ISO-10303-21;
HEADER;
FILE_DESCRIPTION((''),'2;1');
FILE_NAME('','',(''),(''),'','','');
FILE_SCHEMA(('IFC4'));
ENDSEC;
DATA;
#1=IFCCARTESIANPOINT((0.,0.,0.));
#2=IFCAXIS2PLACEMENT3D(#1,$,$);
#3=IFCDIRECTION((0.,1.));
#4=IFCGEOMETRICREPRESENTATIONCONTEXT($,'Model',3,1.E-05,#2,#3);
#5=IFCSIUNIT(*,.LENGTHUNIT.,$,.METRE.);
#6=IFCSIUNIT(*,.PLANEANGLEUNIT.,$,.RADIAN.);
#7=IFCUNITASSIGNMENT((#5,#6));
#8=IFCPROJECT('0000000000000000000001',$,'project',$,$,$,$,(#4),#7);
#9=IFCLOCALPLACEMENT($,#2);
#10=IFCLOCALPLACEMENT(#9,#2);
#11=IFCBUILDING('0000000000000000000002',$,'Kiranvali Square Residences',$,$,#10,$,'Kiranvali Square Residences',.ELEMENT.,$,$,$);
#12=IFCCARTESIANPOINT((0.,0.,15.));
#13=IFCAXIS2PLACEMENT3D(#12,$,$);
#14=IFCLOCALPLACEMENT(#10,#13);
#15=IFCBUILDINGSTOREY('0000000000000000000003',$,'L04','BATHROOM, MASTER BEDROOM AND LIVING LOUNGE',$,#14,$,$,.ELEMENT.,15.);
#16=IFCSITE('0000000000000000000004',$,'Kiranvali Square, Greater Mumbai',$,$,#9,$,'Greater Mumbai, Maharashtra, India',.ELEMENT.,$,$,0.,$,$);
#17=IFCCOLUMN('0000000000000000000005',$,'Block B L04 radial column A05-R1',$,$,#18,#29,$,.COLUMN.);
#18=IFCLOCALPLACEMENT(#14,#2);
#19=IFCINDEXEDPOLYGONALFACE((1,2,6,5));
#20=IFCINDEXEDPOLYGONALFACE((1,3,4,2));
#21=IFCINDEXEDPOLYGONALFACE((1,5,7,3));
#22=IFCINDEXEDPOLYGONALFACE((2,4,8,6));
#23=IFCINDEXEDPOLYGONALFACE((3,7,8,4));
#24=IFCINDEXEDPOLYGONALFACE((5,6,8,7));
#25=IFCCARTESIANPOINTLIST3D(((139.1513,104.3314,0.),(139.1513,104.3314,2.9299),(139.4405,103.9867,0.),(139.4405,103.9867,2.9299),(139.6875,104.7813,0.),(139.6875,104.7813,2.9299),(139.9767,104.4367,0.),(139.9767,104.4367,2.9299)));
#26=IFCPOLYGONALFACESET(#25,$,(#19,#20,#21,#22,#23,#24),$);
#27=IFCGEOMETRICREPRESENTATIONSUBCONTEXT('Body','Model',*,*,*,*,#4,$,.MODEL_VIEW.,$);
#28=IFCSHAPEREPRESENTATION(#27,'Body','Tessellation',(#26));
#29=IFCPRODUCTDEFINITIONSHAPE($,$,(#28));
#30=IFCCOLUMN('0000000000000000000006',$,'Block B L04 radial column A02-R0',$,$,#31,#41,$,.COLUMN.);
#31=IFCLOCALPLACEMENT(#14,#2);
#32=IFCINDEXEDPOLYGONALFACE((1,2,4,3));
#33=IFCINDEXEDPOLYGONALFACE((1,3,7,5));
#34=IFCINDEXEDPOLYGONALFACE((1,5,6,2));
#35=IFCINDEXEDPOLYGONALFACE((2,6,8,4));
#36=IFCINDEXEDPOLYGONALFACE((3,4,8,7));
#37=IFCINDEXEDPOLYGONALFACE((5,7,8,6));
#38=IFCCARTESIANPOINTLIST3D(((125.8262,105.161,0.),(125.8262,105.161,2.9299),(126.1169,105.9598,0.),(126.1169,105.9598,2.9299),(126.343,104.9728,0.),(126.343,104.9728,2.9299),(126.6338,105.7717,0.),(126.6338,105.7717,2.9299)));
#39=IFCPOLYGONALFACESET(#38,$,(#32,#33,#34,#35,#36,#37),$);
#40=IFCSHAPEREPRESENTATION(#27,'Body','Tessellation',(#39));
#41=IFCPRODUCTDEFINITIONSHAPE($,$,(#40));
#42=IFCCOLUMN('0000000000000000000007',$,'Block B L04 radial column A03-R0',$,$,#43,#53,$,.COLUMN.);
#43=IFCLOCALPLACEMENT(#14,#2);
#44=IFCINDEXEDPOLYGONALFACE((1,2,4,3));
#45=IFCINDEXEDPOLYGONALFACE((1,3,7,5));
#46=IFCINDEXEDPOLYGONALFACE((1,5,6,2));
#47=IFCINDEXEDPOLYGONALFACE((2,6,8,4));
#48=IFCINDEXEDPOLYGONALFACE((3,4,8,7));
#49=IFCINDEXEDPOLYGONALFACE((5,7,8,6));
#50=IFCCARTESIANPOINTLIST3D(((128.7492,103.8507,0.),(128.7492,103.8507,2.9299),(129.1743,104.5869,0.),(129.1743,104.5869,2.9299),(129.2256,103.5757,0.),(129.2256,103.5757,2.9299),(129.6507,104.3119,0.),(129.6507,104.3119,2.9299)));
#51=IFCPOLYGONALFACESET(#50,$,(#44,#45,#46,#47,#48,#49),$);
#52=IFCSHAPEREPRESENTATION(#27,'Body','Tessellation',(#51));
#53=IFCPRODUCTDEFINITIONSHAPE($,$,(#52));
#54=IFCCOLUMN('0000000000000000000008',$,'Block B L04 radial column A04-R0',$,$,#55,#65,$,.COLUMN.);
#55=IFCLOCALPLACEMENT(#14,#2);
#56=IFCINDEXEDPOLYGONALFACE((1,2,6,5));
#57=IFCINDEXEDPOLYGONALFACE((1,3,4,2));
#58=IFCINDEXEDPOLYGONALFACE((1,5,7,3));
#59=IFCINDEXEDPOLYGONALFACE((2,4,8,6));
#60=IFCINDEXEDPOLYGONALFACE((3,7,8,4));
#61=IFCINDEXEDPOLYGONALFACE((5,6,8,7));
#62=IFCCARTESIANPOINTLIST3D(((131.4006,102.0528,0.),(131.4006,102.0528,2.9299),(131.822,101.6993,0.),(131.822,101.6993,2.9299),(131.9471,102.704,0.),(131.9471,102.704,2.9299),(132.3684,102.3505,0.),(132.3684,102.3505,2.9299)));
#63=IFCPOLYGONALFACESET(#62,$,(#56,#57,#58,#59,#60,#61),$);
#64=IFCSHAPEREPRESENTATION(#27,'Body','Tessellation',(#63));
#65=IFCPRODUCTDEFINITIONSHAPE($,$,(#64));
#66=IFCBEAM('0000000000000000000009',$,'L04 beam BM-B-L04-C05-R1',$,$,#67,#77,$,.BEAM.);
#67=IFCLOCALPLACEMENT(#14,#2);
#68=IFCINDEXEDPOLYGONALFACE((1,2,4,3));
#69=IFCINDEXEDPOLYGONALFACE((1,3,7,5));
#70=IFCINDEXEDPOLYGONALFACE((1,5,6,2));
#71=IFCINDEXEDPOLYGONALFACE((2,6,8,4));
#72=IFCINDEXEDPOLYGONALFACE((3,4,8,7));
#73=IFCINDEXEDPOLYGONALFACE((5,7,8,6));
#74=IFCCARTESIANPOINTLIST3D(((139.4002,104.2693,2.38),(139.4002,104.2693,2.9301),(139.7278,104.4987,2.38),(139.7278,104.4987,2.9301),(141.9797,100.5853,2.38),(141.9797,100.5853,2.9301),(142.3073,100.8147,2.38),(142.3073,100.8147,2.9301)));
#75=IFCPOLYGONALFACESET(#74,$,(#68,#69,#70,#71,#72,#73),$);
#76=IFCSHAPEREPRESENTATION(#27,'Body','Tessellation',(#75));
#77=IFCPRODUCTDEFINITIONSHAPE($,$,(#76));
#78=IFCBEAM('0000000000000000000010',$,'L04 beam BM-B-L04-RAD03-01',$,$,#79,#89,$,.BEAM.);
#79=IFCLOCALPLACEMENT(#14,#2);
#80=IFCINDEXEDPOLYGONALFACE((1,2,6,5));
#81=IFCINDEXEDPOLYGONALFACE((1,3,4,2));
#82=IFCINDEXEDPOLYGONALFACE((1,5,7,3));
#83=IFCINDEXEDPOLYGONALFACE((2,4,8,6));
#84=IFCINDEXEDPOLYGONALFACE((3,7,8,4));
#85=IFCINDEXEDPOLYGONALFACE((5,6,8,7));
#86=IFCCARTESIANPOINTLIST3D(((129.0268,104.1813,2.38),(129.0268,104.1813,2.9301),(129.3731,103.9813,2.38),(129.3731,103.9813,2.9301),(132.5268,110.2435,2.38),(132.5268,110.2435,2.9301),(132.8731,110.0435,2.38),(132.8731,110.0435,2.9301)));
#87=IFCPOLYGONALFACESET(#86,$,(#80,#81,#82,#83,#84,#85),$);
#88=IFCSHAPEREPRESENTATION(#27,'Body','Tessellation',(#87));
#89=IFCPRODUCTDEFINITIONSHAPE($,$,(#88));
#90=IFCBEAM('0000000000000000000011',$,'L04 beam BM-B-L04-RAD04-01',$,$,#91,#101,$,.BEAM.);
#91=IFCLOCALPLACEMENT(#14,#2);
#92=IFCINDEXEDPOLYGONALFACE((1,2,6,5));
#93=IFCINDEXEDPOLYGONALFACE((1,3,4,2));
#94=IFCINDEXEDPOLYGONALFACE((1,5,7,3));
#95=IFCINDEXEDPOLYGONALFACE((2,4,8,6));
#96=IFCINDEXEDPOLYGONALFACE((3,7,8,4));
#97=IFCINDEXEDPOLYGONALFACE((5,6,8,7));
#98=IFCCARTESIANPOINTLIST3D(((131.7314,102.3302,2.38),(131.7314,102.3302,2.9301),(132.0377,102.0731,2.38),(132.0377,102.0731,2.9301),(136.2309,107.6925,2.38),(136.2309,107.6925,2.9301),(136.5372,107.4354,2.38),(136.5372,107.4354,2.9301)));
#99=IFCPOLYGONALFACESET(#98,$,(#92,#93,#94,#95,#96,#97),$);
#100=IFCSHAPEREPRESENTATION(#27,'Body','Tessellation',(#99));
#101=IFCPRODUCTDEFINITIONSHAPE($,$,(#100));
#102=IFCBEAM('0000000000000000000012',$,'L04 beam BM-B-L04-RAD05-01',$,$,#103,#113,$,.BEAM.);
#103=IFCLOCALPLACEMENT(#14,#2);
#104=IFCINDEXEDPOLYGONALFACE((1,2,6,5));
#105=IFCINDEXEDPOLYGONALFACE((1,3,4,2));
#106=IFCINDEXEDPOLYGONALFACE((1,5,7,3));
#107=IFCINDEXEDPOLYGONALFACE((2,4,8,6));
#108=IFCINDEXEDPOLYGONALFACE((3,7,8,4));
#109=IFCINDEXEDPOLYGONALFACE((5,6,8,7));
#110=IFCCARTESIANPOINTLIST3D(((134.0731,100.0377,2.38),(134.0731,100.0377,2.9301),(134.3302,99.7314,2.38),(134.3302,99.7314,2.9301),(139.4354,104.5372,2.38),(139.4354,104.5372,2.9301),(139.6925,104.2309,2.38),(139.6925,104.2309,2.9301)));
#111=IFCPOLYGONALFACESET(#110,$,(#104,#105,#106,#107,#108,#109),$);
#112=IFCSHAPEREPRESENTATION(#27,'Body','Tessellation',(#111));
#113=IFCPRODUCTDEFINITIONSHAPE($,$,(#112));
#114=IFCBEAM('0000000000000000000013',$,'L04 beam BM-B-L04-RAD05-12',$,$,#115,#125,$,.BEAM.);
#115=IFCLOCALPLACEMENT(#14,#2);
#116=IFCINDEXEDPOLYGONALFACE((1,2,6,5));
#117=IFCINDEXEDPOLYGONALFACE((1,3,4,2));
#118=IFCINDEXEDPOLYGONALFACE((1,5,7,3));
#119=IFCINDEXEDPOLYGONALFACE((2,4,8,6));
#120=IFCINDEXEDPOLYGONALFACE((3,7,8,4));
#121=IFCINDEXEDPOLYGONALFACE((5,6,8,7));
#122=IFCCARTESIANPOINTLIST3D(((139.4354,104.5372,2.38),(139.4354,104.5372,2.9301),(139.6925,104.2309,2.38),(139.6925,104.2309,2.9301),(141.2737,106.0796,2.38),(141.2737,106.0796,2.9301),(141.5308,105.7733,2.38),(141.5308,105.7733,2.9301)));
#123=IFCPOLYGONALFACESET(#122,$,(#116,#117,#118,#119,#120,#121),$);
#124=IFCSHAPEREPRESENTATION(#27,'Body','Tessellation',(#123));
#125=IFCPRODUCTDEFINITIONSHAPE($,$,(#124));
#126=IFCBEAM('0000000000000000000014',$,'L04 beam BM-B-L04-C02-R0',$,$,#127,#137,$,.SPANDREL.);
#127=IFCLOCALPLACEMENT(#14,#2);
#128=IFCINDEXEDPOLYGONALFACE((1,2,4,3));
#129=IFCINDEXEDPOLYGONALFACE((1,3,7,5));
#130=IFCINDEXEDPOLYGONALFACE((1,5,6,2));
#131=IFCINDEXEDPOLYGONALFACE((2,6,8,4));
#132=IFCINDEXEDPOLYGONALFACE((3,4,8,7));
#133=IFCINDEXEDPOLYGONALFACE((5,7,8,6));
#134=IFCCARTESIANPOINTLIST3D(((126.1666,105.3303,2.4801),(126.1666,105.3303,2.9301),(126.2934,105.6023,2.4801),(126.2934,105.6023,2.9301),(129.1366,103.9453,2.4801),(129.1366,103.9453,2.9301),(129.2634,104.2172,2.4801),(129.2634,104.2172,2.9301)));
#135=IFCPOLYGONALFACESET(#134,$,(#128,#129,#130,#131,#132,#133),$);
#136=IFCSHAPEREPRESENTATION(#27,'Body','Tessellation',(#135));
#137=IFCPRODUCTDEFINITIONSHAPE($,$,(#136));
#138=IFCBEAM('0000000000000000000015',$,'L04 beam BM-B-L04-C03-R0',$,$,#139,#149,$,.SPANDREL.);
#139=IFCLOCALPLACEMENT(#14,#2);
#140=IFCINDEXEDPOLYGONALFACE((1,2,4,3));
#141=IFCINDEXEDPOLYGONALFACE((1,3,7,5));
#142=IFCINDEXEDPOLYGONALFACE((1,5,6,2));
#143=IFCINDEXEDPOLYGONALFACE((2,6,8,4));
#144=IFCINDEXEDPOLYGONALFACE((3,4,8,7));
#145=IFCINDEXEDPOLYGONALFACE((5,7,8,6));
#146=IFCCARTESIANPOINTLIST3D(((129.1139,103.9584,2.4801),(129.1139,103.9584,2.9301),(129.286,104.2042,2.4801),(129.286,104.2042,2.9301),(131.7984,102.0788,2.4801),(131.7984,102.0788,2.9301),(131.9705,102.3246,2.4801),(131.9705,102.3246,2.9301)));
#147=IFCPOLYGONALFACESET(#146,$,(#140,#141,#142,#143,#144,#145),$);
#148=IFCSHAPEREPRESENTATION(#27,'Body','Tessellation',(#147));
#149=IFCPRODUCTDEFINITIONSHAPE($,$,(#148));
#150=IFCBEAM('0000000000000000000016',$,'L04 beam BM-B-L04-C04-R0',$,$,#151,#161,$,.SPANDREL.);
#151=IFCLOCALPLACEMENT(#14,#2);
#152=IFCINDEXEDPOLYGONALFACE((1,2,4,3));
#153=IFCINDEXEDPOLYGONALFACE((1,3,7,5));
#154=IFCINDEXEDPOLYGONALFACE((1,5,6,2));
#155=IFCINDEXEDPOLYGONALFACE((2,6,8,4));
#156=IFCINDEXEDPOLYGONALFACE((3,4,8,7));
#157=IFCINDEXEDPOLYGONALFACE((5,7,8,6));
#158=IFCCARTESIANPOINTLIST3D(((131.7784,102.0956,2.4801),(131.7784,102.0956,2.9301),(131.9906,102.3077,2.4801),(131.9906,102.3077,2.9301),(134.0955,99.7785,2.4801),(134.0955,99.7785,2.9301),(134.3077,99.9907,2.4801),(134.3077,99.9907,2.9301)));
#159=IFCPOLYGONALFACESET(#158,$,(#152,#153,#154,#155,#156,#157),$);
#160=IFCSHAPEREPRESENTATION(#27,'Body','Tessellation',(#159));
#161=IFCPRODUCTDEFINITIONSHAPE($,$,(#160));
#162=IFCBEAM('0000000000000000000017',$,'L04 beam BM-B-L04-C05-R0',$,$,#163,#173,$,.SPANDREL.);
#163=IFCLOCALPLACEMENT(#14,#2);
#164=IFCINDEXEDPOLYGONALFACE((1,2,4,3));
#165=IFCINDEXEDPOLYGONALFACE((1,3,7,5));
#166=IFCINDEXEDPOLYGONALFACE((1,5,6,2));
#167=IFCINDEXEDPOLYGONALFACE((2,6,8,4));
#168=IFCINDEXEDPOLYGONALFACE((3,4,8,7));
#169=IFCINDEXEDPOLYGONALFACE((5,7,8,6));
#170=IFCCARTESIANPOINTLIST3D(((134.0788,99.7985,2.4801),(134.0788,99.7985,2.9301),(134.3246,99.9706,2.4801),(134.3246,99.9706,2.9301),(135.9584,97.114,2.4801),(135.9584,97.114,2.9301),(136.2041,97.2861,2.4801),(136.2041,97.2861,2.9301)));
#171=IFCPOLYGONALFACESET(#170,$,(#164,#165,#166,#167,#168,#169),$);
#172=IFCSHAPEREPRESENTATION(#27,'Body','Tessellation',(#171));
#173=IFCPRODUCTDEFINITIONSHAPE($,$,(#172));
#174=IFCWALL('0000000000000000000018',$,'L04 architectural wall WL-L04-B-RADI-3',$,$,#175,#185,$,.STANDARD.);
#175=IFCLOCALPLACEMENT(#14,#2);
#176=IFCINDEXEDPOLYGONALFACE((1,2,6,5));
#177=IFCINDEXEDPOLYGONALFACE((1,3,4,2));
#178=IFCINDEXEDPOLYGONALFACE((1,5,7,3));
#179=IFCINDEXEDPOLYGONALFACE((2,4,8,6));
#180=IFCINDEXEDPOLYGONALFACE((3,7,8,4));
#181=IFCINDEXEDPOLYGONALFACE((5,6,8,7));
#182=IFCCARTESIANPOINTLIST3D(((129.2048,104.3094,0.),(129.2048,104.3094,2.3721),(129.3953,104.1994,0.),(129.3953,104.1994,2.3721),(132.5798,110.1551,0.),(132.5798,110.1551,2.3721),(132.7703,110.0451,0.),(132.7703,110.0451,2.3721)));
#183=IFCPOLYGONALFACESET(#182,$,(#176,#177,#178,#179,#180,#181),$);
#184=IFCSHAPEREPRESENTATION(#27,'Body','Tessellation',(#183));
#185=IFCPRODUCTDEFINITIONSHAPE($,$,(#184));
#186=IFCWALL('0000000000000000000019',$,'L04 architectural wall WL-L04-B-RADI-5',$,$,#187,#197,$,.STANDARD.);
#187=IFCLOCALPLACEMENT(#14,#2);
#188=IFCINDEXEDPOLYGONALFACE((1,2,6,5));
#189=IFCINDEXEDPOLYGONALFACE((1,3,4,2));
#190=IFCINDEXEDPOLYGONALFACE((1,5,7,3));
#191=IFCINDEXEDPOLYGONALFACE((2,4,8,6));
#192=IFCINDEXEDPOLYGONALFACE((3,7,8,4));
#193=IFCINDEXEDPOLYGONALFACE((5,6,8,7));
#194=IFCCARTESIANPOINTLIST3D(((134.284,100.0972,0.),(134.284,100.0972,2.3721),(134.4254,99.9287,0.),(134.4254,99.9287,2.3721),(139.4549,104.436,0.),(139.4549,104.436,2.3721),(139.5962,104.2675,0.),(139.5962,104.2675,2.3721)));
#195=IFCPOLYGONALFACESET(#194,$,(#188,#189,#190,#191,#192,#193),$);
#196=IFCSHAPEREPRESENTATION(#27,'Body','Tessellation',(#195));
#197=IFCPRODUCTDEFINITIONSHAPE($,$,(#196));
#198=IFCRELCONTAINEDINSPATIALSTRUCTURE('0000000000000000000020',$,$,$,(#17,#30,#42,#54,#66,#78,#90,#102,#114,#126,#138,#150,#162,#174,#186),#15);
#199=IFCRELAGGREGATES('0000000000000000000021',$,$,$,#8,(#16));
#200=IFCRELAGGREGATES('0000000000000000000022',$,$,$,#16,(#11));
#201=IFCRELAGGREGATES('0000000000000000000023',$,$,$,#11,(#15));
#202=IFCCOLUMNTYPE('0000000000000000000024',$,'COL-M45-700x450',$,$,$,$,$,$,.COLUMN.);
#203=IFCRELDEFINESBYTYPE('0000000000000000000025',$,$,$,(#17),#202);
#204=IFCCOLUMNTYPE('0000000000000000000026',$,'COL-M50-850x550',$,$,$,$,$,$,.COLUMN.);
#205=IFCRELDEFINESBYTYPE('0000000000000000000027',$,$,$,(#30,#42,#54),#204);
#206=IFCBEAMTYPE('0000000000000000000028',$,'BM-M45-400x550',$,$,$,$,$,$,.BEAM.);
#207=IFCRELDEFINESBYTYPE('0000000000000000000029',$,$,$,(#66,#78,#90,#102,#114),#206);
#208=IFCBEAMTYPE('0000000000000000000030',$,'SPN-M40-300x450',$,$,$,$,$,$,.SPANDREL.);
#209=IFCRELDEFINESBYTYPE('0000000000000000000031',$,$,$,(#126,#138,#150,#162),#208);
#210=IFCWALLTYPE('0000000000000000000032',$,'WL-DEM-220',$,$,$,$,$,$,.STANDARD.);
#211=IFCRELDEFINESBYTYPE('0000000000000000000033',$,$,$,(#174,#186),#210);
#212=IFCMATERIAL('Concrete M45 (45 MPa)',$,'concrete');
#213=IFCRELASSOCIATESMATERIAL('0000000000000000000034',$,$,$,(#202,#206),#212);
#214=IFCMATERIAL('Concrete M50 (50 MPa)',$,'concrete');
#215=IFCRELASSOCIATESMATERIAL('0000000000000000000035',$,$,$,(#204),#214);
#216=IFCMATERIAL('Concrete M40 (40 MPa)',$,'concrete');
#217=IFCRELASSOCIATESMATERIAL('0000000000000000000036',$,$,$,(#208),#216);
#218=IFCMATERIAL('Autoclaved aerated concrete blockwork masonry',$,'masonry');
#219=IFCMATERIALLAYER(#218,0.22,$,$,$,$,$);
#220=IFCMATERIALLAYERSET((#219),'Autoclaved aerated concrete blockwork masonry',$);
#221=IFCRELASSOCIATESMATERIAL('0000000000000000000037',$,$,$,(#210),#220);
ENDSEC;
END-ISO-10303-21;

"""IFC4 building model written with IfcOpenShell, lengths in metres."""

from ifc_helpers import new_model, si_unit, direction, frame, frame_2d, origin, origin_2d, place, context, subcontext, project, spatial, rectangle, extrude, material, layer, layer_set, material_profile, profile_set, type_object, element, save


model = new_model("IFC4")

# Units and contexts
model_context = context("Model", 3, precision=1e-05, world=origin(), true_north=direction((0.0, 1.0)))
body_context = subcontext(model_context, "Body", "Model", "MODEL_VIEW")
ifc_project = project(units=[si_unit("LENGTHUNIT", "METRE"), si_unit("PLANEANGLEUNIT", "RADIAN")], contexts=[model_context])

# Site, building, storey
site_placement = place(None, origin())
site = spatial("IfcSite", under=ifc_project, at=site_placement, Name="Kiranvali Square, Greater Mumbai", LongName="Greater Mumbai, Maharashtra, India", CompositionType="ELEMENT", RefElevation=0.0)
building_placement = place(site_placement, origin())
building = spatial("IfcBuilding", under=site, at=building_placement, Name="Kiranvali Square Residences", LongName="Kiranvali Square Residences", CompositionType="ELEMENT")
storey_placement = place(building_placement, frame((0.0, 0.0, 15.0)))
storey = spatial("IfcBuildingStorey", under=building, at=storey_placement, Name="L04", Description="BATHROOM, MASTER BEDROOM AND LIVING LOUNGE", CompositionType="ELEMENT", Elevation=15.0)

# Columns
ifc_material_1 = material(Name="Concrete M45 (45 MPa)", Category="concrete")
ifc_material_profile_1 = material_profile(ifc_material_1, rectangle(XDim=0.45, YDim=0.7, at=origin_2d()), Name="RC 700x450")
ifc_profile_set_1 = profile_set([ifc_material_profile_1], Name="Concrete M45 (45 MPa)")
column_type_1 = type_object("IfcColumnType", Name="COL-M45-700x450", PredefinedType="COLUMN", material=ifc_profile_set_1)
column_placement = place(storey_placement, frame((139.564, 104.384, 0.0), z_axis=(0.0, 0.0, 1.0), x_axis=(-0.642788, 0.766044, 0.0)))
element("IfcColumn", 1, at=column_placement, inside=storey, type_object=column_type_1, Name="Block B L04 radial column A05-R1", PredefinedType="COLUMN", context=body_context, shape_type="SweptSolid", body=[
    extrude(rectangle(XDim=0.45, YDim=0.7, at=origin_2d()), origin(), (0.0, 0.0, 1.0), 2.9299),
])
ifc_material_2 = material(Name="Concrete M50 (50 MPa)", Category="concrete")
ifc_material_profile_2 = material_profile(ifc_material_2, rectangle(XDim=0.55, YDim=0.8501, at=origin_2d()), Name="RC 850x550")
ifc_profile_set_2 = profile_set([ifc_material_profile_2], Name="Concrete M50 (50 MPa)")
column_type_2 = type_object("IfcColumnType", Name="COL-M50-850x550", PredefinedType="COLUMN", material=ifc_profile_set_2)
for number, where, z_axis, x_axis, name in (
    (2, (126.23, 105.4663, 0.0), (0.0, 0.0, 1.0), (-0.939693, 0.34202, 0.0), "Block B L04 radial column A02-R0"),
    (3, (129.2, 104.0813, 0.0), (0.0, 0.0, 1.0), (-0.866025, 0.5, 0.0), "Block B L04 radial column A03-R0"),
    (4, (131.8845, 102.2017, 0.0), (0.0, 0.0, 1.0), (-0.766044, 0.642788, 0.0), "Block B L04 radial column A04-R0"),
):
    element("IfcColumn", number, at=place(storey_placement, frame(where, z_axis=z_axis, x_axis=x_axis)), inside=storey, type_object=column_type_2, Name=name, PredefinedType="COLUMN", context=body_context, shape_type="SweptSolid", body=[
        extrude(rectangle(XDim=0.55, YDim=0.8501, at=origin_2d()), origin(), (0.0, 0.0, 1.0), 2.9299),
    ])

# Beams
ifc_material_profile_3 = material_profile(ifc_material_1, rectangle(XDim=0.3999, YDim=0.55, at=origin_2d()), Name="RC 400x550")
ifc_profile_set_3 = profile_set([ifc_material_profile_3], Name="Concrete M45 (45 MPa)")
beam_type_1 = type_object("IfcBeamType", Name="BM-M45-400x550", PredefinedType="BEAM", material=ifc_profile_set_3)
beam_1_placement = place(storey_placement, frame((139.564, 104.384, 2.655), z_axis=(0.573572, -0.819155, 0.0), x_axis=(0.819155, 0.573572, 0.0)))
element("IfcBeam", 5, at=beam_1_placement, inside=storey, type_object=beam_type_1, Name="L04 beam BM-B-L04-C05-R1", PredefinedType="BEAM", context=body_context, shape_type="SweptSolid", body=[
    extrude(rectangle(XDim=0.3999, YDim=0.55, at=origin_2d()), origin(), (0.0, 0.0, 1.0), 4.4973),
])
for number, where, z_axis, x_axis, name in (
    (6, (129.2, 104.0813, 2.655), (0.499995, 0.866028, 0.0), (-0.866028, 0.499995, 0.0), "L04 beam BM-B-L04-RAD03-01"),
    (7, (131.8845, 102.2017, 2.655), (0.642788, 0.766044, 0.0), (-0.766044, 0.642788, 0.0), "L04 beam BM-B-L04-RAD04-01"),
    (8, (134.2017, 99.8845, 2.655), (0.766044, 0.642788, 0.0), (-0.642788, 0.766044, 0.0), "L04 beam BM-B-L04-RAD05-01"),
):
    element("IfcBeam", number, at=place(storey_placement, frame(where, z_axis=z_axis, x_axis=x_axis)), inside=storey, type_object=beam_type_1, Name=name, PredefinedType="BEAM", context=body_context, shape_type="SweptSolid", body=[
        extrude(rectangle(XDim=0.3999, YDim=0.55, at=origin_2d()), origin(), (0.0, 0.0, 1.0), 7.0),
    ])
beam_2_placement = place(storey_placement, frame((139.564, 104.384, 2.655), z_axis=(0.766065, 0.642763, 0.0), x_axis=(-0.642763, 0.766065, 0.0)))
element("IfcBeam", 9, at=beam_2_placement, inside=storey, type_object=beam_type_1, Name="L04 beam BM-B-L04-RAD05-12", PredefinedType="BEAM", context=body_context, shape_type="SweptSolid", body=[
    extrude(rectangle(XDim=0.3999, YDim=0.55, at=origin_2d()), origin(), (0.0, 0.0, 1.0), 2.3997),
])
ifc_material_3 = material(Name="Concrete M40 (40 MPa)", Category="concrete")
ifc_material_profile_4 = material_profile(ifc_material_3, rectangle(XDim=0.3, YDim=0.45, at=origin_2d()), Name="RC 300x450")
ifc_profile_set_4 = profile_set([ifc_material_profile_4], Name="Concrete M40 (40 MPa)")
beam_type_2 = type_object("IfcBeamType", Name="SPN-M40-300x450", PredefinedType="SPANDREL", material=ifc_profile_set_4)
for number, where, z_axis, x_axis, name in (
    (10, (126.23, 105.4663, 2.7051), (0.906297, -0.422641, 0.0), (0.422641, 0.906297, 0.0), "L04 beam BM-B-L04-C02-R0"),
    (11, (129.2, 104.0813, 2.7051), (0.819169, -0.573552, 0.0), (0.573552, 0.819169, 0.0), "L04 beam BM-B-L04-C03-R0"),
):
    element("IfcBeam", number, at=place(storey_placement, frame(where, z_axis=z_axis, x_axis=x_axis)), inside=storey, type_object=beam_type_2, Name=name, PredefinedType="SPANDREL", context=body_context, shape_type="SweptSolid", body=[
        extrude(rectangle(XDim=0.3, YDim=0.45, at=origin_2d()), origin(), (0.0, 0.0, 1.0), 3.2771),
    ])
beam_3_placement = place(storey_placement, frame((131.8845, 102.2017, 2.7051), z_axis=(0.707107, -0.707107, 0.0), x_axis=(0.707107, 0.707107, 0.0)))
element("IfcBeam", 12, at=beam_3_placement, inside=storey, type_object=beam_type_2, Name="L04 beam BM-B-L04-C04-R0", PredefinedType="SPANDREL", context=body_context, shape_type="SweptSolid", body=[
    extrude(rectangle(XDim=0.3, YDim=0.45, at=origin_2d()), origin(), (0.0, 0.0, 1.0), 3.2769),
])
beam_4_placement = place(storey_placement, frame((134.2017, 99.8845, 2.7051), z_axis=(0.573552, -0.819169, 0.0), x_axis=(0.819169, 0.573552, 0.0)))
element("IfcBeam", 13, at=beam_4_placement, inside=storey, type_object=beam_type_2, Name="L04 beam BM-B-L04-C05-R0", PredefinedType="SPANDREL", context=body_context, shape_type="SweptSolid", body=[
    extrude(rectangle(XDim=0.3, YDim=0.45, at=origin_2d()), origin(), (0.0, 0.0, 1.0), 3.2771),
])

# Walls
ifc_material_4 = material(Name="Autoclaved aerated concrete blockwork masonry", Category="masonry")
ifc_layer_1 = layer(ifc_material_4, 0.22)
ifc_layer_set_1 = layer_set([ifc_layer_1], Name="Autoclaved aerated concrete blockwork masonry")
wall_type_1 = type_object("IfcWallType", Name="WL-DEM-220", PredefinedType="STANDARD", material=ifc_layer_set_1)
for number, where, z_axis, x_axis, name in (
    (14, (129.3, 104.2544, 0.0), (0.0, 0.0, 1.0), (0.499998, 0.866027, 0.0), "L04 architectural wall WL-L04-B-RADI-3"),
    (15, (134.3547, 100.0129, 0.0), (0.0, 0.0, 1.0), (0.766047, 0.642785, 0.0), "L04 architectural wall WL-L04-B-RADI-5"),
):
    element("IfcWall", number, at=place(storey_placement, frame(where, z_axis=z_axis, x_axis=x_axis)), inside=storey, type_object=wall_type_1, Name=name, PredefinedType="STANDARD", context=body_context, shape_type="SweptSolid", body=[
        extrude(rectangle(XDim=6.75, YDim=0.22, at=frame_2d((3.375, 0.0))), origin(), (0.0, 0.0, 1.0), 2.3721),
    ])

save(model, "model.ifc")
